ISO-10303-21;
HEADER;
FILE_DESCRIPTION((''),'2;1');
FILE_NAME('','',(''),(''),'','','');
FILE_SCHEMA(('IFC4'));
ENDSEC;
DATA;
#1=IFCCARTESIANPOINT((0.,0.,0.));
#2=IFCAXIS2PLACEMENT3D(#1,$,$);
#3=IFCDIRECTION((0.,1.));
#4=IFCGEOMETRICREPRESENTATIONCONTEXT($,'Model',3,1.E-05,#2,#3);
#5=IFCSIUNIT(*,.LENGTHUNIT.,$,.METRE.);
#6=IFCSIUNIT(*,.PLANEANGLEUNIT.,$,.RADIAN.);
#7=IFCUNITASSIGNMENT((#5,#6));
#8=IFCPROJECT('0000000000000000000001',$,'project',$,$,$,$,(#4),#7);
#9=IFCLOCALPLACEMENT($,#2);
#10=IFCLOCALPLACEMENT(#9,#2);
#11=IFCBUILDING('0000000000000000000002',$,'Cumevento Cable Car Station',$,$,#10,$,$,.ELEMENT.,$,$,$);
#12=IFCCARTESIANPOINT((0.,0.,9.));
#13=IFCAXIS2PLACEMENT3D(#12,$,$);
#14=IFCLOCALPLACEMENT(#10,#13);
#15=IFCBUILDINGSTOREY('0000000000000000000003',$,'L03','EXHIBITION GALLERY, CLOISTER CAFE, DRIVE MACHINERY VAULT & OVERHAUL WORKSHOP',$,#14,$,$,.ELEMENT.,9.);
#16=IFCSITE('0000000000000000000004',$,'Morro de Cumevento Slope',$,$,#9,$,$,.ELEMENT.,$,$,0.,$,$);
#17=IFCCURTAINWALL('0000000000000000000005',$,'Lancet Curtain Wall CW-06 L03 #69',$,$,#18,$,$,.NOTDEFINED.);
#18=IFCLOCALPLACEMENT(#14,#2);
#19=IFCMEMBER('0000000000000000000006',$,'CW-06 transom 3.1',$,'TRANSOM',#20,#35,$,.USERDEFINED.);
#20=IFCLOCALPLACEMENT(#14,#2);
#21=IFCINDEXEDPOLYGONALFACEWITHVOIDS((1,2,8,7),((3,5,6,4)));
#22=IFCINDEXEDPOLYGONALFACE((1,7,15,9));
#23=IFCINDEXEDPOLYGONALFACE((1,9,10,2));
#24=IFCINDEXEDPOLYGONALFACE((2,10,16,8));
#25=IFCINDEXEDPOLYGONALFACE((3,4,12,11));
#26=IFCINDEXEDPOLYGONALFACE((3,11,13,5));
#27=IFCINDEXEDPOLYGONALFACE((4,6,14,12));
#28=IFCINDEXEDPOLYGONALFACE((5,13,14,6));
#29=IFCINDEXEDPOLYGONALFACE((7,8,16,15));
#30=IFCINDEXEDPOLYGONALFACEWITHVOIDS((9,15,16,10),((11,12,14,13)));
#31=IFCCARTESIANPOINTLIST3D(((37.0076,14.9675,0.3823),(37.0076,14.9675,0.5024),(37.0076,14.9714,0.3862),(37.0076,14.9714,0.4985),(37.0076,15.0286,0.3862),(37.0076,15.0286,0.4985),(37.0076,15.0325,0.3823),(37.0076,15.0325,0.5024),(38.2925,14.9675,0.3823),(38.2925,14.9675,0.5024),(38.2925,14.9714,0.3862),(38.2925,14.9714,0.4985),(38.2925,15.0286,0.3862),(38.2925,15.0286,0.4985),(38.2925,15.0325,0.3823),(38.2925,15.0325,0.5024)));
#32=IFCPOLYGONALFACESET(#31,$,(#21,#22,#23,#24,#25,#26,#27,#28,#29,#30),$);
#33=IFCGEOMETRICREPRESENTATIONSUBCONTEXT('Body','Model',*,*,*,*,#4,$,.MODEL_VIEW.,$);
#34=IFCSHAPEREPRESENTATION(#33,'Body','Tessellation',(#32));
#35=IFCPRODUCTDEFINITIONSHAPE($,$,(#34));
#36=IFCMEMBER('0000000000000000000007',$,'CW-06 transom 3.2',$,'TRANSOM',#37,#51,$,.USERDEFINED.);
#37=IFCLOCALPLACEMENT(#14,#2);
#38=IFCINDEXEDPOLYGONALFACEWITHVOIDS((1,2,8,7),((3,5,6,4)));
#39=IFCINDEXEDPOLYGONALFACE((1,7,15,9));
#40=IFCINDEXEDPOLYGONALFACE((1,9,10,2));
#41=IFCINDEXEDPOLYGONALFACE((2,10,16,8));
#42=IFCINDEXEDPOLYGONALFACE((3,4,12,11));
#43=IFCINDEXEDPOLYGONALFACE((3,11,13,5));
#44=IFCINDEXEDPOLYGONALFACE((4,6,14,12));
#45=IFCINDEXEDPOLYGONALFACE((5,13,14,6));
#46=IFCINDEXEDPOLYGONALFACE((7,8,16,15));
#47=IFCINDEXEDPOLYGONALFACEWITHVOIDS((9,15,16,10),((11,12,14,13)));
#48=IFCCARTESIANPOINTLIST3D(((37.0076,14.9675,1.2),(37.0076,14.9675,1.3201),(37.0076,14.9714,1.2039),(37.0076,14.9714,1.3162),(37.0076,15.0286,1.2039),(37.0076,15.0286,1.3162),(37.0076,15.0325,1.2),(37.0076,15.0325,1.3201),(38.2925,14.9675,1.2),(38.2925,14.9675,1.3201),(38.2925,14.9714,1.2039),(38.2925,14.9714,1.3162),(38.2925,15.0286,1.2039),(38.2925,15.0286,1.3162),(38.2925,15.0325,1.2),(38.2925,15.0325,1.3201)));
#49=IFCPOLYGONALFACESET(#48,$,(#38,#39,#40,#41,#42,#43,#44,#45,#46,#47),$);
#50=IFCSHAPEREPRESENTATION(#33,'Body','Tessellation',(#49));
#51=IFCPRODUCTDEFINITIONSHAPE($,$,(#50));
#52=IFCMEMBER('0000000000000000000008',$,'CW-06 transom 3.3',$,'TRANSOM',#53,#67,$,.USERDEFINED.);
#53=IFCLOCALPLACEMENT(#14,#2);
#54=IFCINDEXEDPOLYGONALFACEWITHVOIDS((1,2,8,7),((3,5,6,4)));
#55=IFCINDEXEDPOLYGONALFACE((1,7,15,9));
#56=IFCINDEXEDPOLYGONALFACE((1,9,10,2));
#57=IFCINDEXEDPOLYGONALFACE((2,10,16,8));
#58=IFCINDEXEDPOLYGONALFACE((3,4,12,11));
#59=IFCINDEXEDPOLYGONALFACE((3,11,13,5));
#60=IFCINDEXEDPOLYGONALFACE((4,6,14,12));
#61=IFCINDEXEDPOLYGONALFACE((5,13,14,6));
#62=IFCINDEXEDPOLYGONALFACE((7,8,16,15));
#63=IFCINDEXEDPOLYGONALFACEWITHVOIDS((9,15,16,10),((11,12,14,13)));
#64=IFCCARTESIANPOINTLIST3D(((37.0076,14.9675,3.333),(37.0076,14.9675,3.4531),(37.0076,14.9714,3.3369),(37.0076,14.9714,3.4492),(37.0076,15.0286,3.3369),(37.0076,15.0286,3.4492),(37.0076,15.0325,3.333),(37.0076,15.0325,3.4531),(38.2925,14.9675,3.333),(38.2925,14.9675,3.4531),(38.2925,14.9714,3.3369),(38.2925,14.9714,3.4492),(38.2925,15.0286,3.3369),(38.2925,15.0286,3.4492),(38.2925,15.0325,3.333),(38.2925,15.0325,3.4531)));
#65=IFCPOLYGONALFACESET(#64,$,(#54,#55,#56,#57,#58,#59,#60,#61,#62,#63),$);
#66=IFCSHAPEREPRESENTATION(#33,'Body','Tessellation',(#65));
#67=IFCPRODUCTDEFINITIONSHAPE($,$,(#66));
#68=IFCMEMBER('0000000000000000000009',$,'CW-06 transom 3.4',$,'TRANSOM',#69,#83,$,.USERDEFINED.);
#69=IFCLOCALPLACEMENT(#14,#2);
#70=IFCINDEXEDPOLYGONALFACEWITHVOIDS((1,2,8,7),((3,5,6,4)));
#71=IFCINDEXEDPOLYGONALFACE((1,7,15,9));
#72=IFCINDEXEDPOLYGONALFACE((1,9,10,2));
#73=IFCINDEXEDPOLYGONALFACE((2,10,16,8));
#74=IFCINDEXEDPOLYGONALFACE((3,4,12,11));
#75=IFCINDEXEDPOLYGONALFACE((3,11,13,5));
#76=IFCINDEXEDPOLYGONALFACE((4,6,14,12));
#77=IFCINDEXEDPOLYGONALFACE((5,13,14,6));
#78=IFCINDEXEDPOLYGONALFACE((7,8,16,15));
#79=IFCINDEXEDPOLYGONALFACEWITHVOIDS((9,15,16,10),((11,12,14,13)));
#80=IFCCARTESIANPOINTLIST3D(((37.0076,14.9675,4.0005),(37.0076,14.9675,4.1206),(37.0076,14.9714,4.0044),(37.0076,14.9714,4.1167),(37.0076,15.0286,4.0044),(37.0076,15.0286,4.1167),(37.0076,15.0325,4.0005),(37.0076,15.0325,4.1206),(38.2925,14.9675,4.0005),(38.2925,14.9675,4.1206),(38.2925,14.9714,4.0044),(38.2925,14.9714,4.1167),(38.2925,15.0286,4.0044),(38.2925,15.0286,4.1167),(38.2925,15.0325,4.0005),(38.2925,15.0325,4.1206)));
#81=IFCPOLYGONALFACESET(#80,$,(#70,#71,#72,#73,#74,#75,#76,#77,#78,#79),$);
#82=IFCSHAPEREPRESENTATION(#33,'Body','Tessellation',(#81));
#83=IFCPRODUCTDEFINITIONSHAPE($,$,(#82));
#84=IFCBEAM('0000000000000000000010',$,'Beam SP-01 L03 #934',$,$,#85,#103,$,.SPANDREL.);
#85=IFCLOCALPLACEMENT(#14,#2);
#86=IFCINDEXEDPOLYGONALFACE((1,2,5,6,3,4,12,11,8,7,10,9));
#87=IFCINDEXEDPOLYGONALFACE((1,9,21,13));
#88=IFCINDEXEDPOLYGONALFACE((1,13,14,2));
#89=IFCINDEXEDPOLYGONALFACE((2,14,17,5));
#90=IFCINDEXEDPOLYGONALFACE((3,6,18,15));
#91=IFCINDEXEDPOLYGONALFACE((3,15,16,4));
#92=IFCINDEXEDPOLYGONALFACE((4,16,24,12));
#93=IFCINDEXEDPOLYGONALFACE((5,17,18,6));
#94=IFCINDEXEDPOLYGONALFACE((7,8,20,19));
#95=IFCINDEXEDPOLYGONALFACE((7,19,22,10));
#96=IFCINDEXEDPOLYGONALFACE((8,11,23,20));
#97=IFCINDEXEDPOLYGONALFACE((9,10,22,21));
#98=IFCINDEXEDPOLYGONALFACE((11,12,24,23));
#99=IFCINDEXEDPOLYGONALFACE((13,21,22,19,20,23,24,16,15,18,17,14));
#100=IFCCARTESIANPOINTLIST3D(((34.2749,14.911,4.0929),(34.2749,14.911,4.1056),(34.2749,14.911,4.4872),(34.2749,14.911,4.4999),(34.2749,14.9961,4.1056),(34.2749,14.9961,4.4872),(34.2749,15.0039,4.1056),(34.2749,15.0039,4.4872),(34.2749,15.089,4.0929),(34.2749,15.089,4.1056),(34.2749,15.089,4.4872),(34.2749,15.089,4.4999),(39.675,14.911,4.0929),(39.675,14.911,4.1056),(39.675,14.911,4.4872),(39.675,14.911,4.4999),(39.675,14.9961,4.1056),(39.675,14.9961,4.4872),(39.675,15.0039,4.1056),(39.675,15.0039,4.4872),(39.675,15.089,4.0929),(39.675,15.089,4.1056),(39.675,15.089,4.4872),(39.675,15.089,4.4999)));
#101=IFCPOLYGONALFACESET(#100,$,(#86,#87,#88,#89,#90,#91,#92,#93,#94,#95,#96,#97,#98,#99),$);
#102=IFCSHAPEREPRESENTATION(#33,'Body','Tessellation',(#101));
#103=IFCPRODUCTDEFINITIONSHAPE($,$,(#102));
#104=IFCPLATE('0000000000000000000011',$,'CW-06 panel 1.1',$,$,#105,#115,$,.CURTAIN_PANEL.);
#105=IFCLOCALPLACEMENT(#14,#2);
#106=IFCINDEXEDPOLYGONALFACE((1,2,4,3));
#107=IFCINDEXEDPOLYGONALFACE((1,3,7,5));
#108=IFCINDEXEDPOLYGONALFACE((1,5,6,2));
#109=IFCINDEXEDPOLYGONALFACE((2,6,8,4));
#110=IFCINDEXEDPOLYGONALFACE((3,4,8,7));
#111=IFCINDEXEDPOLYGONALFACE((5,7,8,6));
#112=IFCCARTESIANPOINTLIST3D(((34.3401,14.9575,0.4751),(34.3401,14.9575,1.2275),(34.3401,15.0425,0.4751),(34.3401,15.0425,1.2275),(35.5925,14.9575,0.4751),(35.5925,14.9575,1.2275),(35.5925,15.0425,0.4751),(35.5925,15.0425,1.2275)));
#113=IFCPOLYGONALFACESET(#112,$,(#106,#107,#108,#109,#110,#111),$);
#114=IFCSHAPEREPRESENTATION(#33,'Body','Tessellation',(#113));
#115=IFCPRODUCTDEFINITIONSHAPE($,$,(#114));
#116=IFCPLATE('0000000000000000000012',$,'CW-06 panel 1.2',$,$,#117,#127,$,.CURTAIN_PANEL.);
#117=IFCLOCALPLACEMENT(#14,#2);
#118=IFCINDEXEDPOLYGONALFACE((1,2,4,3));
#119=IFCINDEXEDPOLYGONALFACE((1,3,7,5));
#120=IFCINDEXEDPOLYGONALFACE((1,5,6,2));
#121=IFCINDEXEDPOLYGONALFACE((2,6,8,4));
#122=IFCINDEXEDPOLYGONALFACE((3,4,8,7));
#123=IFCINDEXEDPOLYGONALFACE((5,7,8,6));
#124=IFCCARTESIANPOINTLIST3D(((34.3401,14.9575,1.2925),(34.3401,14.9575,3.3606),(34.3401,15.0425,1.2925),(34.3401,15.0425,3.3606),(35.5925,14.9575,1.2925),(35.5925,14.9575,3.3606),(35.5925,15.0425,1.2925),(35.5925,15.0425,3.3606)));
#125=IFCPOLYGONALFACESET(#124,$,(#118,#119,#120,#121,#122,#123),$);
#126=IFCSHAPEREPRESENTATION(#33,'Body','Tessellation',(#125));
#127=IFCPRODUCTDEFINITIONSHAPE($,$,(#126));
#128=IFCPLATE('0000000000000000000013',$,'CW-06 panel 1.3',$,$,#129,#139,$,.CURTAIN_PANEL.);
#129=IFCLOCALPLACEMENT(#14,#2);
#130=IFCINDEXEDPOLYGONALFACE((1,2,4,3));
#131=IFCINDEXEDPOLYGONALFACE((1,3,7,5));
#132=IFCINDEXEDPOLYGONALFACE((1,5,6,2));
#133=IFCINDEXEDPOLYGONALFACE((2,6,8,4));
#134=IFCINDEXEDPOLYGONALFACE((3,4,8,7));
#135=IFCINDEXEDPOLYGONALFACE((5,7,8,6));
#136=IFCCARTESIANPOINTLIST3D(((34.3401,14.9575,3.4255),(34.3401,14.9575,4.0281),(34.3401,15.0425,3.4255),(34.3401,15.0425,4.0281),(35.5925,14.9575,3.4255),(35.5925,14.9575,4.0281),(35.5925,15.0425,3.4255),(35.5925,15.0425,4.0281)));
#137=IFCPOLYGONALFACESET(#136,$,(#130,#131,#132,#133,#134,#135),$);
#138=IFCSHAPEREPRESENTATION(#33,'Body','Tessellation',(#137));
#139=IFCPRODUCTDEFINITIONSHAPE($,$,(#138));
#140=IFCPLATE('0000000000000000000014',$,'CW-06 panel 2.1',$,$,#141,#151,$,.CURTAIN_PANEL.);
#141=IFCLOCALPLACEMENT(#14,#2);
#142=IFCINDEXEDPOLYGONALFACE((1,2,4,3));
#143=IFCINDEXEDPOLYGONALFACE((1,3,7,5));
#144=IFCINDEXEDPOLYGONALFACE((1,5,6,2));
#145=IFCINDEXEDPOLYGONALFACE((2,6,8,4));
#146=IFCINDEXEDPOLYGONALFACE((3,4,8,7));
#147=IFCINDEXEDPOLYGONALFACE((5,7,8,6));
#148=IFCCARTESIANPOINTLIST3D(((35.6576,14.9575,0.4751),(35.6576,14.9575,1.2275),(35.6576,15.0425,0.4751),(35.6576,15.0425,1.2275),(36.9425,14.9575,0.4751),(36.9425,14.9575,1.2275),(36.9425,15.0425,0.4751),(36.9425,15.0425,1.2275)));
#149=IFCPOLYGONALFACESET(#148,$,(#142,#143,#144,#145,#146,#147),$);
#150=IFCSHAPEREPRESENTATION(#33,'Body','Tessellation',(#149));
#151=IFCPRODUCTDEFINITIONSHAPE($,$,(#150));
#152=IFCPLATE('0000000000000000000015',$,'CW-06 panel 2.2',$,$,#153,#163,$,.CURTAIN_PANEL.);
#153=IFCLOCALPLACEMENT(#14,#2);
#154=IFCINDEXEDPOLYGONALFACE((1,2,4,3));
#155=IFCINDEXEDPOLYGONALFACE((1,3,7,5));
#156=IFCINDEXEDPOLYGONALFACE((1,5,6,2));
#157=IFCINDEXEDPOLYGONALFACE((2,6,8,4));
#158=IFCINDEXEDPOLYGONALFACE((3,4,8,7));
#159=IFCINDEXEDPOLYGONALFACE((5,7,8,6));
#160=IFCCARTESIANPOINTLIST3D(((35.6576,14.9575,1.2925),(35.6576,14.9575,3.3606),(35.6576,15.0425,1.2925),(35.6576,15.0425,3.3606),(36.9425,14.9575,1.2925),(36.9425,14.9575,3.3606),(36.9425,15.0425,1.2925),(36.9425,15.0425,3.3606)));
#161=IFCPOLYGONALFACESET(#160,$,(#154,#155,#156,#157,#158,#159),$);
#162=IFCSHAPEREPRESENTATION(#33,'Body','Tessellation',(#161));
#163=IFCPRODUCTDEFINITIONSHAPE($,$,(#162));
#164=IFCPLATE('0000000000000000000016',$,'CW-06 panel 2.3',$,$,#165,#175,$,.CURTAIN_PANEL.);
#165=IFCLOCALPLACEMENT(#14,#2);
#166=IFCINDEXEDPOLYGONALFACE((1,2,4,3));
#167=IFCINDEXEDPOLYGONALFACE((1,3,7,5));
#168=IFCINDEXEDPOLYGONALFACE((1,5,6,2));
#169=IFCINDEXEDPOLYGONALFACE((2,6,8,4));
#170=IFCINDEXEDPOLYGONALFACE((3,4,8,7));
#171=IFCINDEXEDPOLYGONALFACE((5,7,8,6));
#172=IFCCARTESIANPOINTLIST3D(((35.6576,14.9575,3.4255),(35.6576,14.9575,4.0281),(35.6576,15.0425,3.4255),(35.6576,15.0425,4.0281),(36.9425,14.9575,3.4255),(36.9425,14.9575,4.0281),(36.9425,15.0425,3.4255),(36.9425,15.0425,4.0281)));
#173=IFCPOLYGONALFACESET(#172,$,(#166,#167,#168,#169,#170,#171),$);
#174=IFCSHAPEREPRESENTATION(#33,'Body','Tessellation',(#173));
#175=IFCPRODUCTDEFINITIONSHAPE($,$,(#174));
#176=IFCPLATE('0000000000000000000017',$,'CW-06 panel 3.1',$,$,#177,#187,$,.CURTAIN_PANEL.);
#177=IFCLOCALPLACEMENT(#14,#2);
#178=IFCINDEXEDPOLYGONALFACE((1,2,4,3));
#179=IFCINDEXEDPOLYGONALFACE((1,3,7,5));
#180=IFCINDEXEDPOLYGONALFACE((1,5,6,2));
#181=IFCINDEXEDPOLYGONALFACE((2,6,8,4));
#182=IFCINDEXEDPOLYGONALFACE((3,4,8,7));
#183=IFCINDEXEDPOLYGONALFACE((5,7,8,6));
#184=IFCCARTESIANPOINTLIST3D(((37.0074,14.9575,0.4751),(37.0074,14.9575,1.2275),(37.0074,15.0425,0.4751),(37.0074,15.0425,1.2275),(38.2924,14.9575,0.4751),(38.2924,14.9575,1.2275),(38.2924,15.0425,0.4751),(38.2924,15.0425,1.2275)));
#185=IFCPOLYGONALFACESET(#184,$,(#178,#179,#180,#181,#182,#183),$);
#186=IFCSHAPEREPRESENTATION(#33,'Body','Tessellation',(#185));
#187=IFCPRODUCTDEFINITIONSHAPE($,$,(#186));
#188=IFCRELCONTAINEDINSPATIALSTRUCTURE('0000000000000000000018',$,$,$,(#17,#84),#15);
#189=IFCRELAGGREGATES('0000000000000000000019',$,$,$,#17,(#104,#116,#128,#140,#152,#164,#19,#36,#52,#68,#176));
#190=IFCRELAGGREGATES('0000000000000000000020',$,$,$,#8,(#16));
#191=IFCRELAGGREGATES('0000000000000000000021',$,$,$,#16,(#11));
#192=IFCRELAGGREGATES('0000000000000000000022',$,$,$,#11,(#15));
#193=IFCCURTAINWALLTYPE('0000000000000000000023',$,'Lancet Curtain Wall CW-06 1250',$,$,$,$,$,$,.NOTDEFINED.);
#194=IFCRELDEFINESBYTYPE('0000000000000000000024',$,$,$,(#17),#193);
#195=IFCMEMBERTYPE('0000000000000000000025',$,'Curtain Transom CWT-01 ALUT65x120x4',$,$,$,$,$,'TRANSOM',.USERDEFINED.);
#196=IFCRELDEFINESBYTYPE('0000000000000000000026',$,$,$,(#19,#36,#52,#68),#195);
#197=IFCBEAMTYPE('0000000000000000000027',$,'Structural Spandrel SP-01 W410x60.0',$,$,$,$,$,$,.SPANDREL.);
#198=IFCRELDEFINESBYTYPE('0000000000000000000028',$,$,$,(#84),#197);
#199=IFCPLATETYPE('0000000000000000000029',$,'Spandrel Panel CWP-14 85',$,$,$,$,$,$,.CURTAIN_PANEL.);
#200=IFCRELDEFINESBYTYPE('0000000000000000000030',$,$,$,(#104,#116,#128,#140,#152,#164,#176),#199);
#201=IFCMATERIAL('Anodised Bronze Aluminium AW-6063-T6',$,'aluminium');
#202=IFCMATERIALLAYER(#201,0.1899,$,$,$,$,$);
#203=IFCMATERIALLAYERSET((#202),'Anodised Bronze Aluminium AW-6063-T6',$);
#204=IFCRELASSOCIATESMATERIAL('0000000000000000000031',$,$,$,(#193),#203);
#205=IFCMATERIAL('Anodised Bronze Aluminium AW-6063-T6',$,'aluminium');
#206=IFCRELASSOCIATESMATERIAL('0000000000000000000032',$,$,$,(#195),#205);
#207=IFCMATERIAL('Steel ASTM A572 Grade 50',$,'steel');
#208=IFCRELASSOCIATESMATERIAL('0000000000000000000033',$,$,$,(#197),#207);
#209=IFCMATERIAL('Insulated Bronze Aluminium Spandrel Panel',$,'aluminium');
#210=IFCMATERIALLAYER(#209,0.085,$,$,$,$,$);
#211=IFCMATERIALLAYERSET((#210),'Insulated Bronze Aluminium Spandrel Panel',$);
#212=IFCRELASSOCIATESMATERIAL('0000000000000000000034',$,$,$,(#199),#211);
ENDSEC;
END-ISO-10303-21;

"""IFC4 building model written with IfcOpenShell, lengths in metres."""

from ifc_helpers import new_model, si_unit, direction, frame, origin, origin_2d, place, context, subcontext, project, spatial, rectangle, hollow_rectangle, i_section, extrude, material, layer, layer_set, material_profile, profile_set, type_object, element, aggregate, save


model = new_model("IFC4")

# Units and contexts
model_context = context("Model", 3, precision=1e-05, world=origin(), true_north=direction((0.0, 1.0)))
body_context = subcontext(model_context, "Body", "Model", "MODEL_VIEW")
ifc_project = project(units=[si_unit("LENGTHUNIT", "METRE"), si_unit("PLANEANGLEUNIT", "RADIAN")], contexts=[model_context])

# Site, building, storey
site_placement = place(None, origin())
site = spatial("IfcSite", under=ifc_project, at=site_placement, Name="Morro de Cumevento Slope", CompositionType="ELEMENT", RefElevation=0.0)
building_placement = place(site_placement, origin())
building = spatial("IfcBuilding", under=site, at=building_placement, Name="Cumevento Cable Car Station", CompositionType="ELEMENT")
storey_placement = place(building_placement, frame((0.0, 0.0, 9.0)))
storey = spatial("IfcBuildingStorey", under=building, at=storey_placement, Name="L03", Description="EXHIBITION GALLERY, CLOISTER CAFE, DRIVE MACHINERY VAULT & OVERHAUL WORKSHOP", CompositionType="ELEMENT", Elevation=9.0)

# Curtain wall, members
ifc_material_1 = material(Name="Anodised Bronze Aluminium AW-6063-T6", Category="aluminium")
ifc_layer_1 = layer(ifc_material_1, 0.1899)
ifc_layer_set_1 = layer_set([ifc_layer_1], Name="Anodised Bronze Aluminium AW-6063-T6")
curtain_wall_type = type_object("IfcCurtainWallType", Name="Lancet Curtain Wall CW-06 1250", PredefinedType="NOTDEFINED", material=ifc_layer_set_1)
curtain_wall_placement = place(storey_placement, origin())
curtain_wall = element("IfcCurtainWall", 1, at=curtain_wall_placement, inside=storey, type_object=curtain_wall_type, Name="Lancet Curtain Wall CW-06 L03 #69", PredefinedType="NOTDEFINED")
ifc_material_2 = material(Name="Anodised Bronze Aluminium AW-6063-T6", Category="aluminium")
ifc_material_profile_1 = material_profile(ifc_material_2, hollow_rectangle(XDim=0.0649, YDim=0.1201, WallThickness=0.0039, at=origin_2d()), Name="ALUT65x120x4")
ifc_profile_set_1 = profile_set([ifc_material_profile_1], Name="Anodised Bronze Aluminium AW-6063-T6")
member_type_1 = type_object("IfcMemberType", Name="Curtain Transom CWT-01 ALUT65x120x4", ElementType="TRANSOM", PredefinedType="USERDEFINED", material=ifc_profile_set_1)
member_1_placement = place(storey_placement, frame((37.0076, 15.0, 0.4424), z_axis=(1.0, 0.0, 0.0), x_axis=(0.0, 1.0, 0.0)))
member_1 = element("IfcMember", 2, at=member_1_placement, type_object=member_type_1, Name="CW-06 transom 3.1", ObjectType="TRANSOM", PredefinedType="USERDEFINED", context=body_context, shape_type="SweptSolid", body=[
    extrude(hollow_rectangle(XDim=0.0649, YDim=0.1201, WallThickness=0.0039, at=origin_2d()), origin(), (0.0, 0.0, 1.0), 1.2849),
])
member_2_placement = place(storey_placement, frame((37.0076, 15.0, 1.26), z_axis=(1.0, 0.0, 0.0), x_axis=(0.0, 1.0, 0.0)))
member_2 = element("IfcMember", 3, at=member_2_placement, type_object=member_type_1, Name="CW-06 transom 3.2", ObjectType="TRANSOM", PredefinedType="USERDEFINED", context=body_context, shape_type="SweptSolid", body=[
    extrude(hollow_rectangle(XDim=0.0649, YDim=0.1201, WallThickness=0.0039, at=origin_2d()), origin(), (0.0, 0.0, 1.0), 1.2849),
])
member_3_placement = place(storey_placement, frame((37.0076, 15.0, 3.3931), z_axis=(1.0, 0.0, 0.0), x_axis=(0.0, 1.0, 0.0)))
member_3 = element("IfcMember", 4, at=member_3_placement, type_object=member_type_1, Name="CW-06 transom 3.3", ObjectType="TRANSOM", PredefinedType="USERDEFINED", context=body_context, shape_type="SweptSolid", body=[
    extrude(hollow_rectangle(XDim=0.0649, YDim=0.1201, WallThickness=0.0039, at=origin_2d()), origin(), (0.0, 0.0, 1.0), 1.2849),
])
member_4_placement = place(storey_placement, frame((37.0076, 15.0, 4.0605), z_axis=(1.0, 0.0, 0.0), x_axis=(0.0, 1.0, 0.0)))
member_4 = element("IfcMember", 5, at=member_4_placement, type_object=member_type_1, Name="CW-06 transom 3.4", ObjectType="TRANSOM", PredefinedType="USERDEFINED", context=body_context, shape_type="SweptSolid", body=[
    extrude(hollow_rectangle(XDim=0.0649, YDim=0.1201, WallThickness=0.0039, at=origin_2d()), origin(), (0.0, 0.0, 1.0), 1.2849),
])

# Beam
ifc_material_3 = material(Name="Steel ASTM A572 Grade 50", Category="steel")
ifc_material_profile_2 = material_profile(ifc_material_3, i_section(OverallWidth=0.178, OverallDepth=0.407, WebThickness=0.0078, FlangeThickness=0.0127, at=origin_2d()), Name="W410x60.0")
ifc_profile_set_2 = profile_set([ifc_material_profile_2], Name="Steel ASTM A572 Grade 50")
beam_type = type_object("IfcBeamType", Name="Structural Spandrel SP-01 W410x60.0", PredefinedType="SPANDREL", material=ifc_profile_set_2)
beam_placement = place(storey_placement, frame((34.2749, 15.0, 4.2964), z_axis=(1.0, 0.0, 0.0), x_axis=(0.0, 1.0, 0.0)))
element("IfcBeam", 6, at=beam_placement, inside=storey, type_object=beam_type, Name="Beam SP-01 L03 #934", PredefinedType="SPANDREL", context=body_context, shape_type="SweptSolid", body=[
    extrude(i_section(OverallWidth=0.178, OverallDepth=0.407, WebThickness=0.0078, FlangeThickness=0.0127, at=origin_2d()), origin(), (0.0, 0.0, 1.0), 5.4001),
])

# Plates
ifc_material_4 = material(Name="Insulated Bronze Aluminium Spandrel Panel", Category="aluminium")
ifc_layer_2 = layer(ifc_material_4, 0.085)
ifc_layer_set_2 = layer_set([ifc_layer_2], Name="Insulated Bronze Aluminium Spandrel Panel")
plate_type = type_object("IfcPlateType", Name="Spandrel Panel CWP-14 85", PredefinedType="CURTAIN_PANEL", material=ifc_layer_set_2)
plate_1_placement = place(storey_placement, frame((34.9663, 15.0, 0.4751), z_axis=(0.0, 0.0, 1.0), x_axis=(1.0, 0.0, 0.0)))
plate_1 = element("IfcPlate", 7, at=plate_1_placement, type_object=plate_type, Name="CW-06 panel 1.1", PredefinedType="CURTAIN_PANEL", context=body_context, shape_type="SweptSolid", body=[
    extrude(rectangle(XDim=1.2524, YDim=0.085, at=origin_2d()), origin(), (0.0, 0.0, 1.0), 0.7524),
])
plate_2_placement = place(storey_placement, frame((34.9663, 15.0, 1.2925), z_axis=(0.0, 0.0, 1.0), x_axis=(1.0, 0.0, 0.0)))
plate_2 = element("IfcPlate", 8, at=plate_2_placement, type_object=plate_type, Name="CW-06 panel 1.2", PredefinedType="CURTAIN_PANEL", context=body_context, shape_type="SweptSolid", body=[
    extrude(rectangle(XDim=1.2524, YDim=0.085, at=origin_2d()), origin(), (0.0, 0.0, 1.0), 2.0681),
])
plate_3_placement = place(storey_placement, frame((34.9663, 15.0, 3.4255), z_axis=(0.0, 0.0, 1.0), x_axis=(1.0, 0.0, 0.0)))
plate_3 = element("IfcPlate", 9, at=plate_3_placement, type_object=plate_type, Name="CW-06 panel 1.3", PredefinedType="CURTAIN_PANEL", context=body_context, shape_type="SweptSolid", body=[
    extrude(rectangle(XDim=1.2524, YDim=0.085, at=origin_2d()), origin(), (0.0, 0.0, 1.0), 0.6025),
])
plate_4_placement = place(storey_placement, frame((36.3, 15.0, 0.4751), z_axis=(0.0, 0.0, 1.0), x_axis=(1.0, 0.0, 0.0)))
plate_4 = element("IfcPlate", 10, at=plate_4_placement, type_object=plate_type, Name="CW-06 panel 2.1", PredefinedType="CURTAIN_PANEL", context=body_context, shape_type="SweptSolid", body=[
    extrude(rectangle(XDim=1.2849, YDim=0.085, at=origin_2d()), origin(), (0.0, 0.0, 1.0), 0.7524),
])
plate_5_placement = place(storey_placement, frame((36.3, 15.0, 1.2925), z_axis=(0.0, 0.0, 1.0), x_axis=(1.0, 0.0, 0.0)))
plate_5 = element("IfcPlate", 11, at=plate_5_placement, type_object=plate_type, Name="CW-06 panel 2.2", PredefinedType="CURTAIN_PANEL", context=body_context, shape_type="SweptSolid", body=[
    extrude(rectangle(XDim=1.2849, YDim=0.085, at=origin_2d()), origin(), (0.0, 0.0, 1.0), 2.0681),
])
plate_6_placement = place(storey_placement, frame((36.3, 15.0, 3.4255), z_axis=(0.0, 0.0, 1.0), x_axis=(1.0, 0.0, 0.0)))
plate_6 = element("IfcPlate", 12, at=plate_6_placement, type_object=plate_type, Name="CW-06 panel 2.3", PredefinedType="CURTAIN_PANEL", context=body_context, shape_type="SweptSolid", body=[
    extrude(rectangle(XDim=1.2849, YDim=0.085, at=origin_2d()), origin(), (0.0, 0.0, 1.0), 0.6025),
])
plate_7_placement = place(storey_placement, frame((37.6499, 15.0, 0.4751), z_axis=(0.0, 0.0, 1.0), x_axis=(1.0, 0.0, 0.0)))
plate_7 = element("IfcPlate", 13, at=plate_7_placement, type_object=plate_type, Name="CW-06 panel 3.1", PredefinedType="CURTAIN_PANEL", context=body_context, shape_type="SweptSolid", body=[
    extrude(rectangle(XDim=1.2849, YDim=0.085, at=origin_2d()), origin(), (0.0, 0.0, 1.0), 0.7524),
])
aggregate(curtain_wall, [plate_1, plate_2, plate_3, plate_4, plate_5, plate_6, member_1, member_2, member_3, member_4, plate_7])

save(model, "model.ifc")
